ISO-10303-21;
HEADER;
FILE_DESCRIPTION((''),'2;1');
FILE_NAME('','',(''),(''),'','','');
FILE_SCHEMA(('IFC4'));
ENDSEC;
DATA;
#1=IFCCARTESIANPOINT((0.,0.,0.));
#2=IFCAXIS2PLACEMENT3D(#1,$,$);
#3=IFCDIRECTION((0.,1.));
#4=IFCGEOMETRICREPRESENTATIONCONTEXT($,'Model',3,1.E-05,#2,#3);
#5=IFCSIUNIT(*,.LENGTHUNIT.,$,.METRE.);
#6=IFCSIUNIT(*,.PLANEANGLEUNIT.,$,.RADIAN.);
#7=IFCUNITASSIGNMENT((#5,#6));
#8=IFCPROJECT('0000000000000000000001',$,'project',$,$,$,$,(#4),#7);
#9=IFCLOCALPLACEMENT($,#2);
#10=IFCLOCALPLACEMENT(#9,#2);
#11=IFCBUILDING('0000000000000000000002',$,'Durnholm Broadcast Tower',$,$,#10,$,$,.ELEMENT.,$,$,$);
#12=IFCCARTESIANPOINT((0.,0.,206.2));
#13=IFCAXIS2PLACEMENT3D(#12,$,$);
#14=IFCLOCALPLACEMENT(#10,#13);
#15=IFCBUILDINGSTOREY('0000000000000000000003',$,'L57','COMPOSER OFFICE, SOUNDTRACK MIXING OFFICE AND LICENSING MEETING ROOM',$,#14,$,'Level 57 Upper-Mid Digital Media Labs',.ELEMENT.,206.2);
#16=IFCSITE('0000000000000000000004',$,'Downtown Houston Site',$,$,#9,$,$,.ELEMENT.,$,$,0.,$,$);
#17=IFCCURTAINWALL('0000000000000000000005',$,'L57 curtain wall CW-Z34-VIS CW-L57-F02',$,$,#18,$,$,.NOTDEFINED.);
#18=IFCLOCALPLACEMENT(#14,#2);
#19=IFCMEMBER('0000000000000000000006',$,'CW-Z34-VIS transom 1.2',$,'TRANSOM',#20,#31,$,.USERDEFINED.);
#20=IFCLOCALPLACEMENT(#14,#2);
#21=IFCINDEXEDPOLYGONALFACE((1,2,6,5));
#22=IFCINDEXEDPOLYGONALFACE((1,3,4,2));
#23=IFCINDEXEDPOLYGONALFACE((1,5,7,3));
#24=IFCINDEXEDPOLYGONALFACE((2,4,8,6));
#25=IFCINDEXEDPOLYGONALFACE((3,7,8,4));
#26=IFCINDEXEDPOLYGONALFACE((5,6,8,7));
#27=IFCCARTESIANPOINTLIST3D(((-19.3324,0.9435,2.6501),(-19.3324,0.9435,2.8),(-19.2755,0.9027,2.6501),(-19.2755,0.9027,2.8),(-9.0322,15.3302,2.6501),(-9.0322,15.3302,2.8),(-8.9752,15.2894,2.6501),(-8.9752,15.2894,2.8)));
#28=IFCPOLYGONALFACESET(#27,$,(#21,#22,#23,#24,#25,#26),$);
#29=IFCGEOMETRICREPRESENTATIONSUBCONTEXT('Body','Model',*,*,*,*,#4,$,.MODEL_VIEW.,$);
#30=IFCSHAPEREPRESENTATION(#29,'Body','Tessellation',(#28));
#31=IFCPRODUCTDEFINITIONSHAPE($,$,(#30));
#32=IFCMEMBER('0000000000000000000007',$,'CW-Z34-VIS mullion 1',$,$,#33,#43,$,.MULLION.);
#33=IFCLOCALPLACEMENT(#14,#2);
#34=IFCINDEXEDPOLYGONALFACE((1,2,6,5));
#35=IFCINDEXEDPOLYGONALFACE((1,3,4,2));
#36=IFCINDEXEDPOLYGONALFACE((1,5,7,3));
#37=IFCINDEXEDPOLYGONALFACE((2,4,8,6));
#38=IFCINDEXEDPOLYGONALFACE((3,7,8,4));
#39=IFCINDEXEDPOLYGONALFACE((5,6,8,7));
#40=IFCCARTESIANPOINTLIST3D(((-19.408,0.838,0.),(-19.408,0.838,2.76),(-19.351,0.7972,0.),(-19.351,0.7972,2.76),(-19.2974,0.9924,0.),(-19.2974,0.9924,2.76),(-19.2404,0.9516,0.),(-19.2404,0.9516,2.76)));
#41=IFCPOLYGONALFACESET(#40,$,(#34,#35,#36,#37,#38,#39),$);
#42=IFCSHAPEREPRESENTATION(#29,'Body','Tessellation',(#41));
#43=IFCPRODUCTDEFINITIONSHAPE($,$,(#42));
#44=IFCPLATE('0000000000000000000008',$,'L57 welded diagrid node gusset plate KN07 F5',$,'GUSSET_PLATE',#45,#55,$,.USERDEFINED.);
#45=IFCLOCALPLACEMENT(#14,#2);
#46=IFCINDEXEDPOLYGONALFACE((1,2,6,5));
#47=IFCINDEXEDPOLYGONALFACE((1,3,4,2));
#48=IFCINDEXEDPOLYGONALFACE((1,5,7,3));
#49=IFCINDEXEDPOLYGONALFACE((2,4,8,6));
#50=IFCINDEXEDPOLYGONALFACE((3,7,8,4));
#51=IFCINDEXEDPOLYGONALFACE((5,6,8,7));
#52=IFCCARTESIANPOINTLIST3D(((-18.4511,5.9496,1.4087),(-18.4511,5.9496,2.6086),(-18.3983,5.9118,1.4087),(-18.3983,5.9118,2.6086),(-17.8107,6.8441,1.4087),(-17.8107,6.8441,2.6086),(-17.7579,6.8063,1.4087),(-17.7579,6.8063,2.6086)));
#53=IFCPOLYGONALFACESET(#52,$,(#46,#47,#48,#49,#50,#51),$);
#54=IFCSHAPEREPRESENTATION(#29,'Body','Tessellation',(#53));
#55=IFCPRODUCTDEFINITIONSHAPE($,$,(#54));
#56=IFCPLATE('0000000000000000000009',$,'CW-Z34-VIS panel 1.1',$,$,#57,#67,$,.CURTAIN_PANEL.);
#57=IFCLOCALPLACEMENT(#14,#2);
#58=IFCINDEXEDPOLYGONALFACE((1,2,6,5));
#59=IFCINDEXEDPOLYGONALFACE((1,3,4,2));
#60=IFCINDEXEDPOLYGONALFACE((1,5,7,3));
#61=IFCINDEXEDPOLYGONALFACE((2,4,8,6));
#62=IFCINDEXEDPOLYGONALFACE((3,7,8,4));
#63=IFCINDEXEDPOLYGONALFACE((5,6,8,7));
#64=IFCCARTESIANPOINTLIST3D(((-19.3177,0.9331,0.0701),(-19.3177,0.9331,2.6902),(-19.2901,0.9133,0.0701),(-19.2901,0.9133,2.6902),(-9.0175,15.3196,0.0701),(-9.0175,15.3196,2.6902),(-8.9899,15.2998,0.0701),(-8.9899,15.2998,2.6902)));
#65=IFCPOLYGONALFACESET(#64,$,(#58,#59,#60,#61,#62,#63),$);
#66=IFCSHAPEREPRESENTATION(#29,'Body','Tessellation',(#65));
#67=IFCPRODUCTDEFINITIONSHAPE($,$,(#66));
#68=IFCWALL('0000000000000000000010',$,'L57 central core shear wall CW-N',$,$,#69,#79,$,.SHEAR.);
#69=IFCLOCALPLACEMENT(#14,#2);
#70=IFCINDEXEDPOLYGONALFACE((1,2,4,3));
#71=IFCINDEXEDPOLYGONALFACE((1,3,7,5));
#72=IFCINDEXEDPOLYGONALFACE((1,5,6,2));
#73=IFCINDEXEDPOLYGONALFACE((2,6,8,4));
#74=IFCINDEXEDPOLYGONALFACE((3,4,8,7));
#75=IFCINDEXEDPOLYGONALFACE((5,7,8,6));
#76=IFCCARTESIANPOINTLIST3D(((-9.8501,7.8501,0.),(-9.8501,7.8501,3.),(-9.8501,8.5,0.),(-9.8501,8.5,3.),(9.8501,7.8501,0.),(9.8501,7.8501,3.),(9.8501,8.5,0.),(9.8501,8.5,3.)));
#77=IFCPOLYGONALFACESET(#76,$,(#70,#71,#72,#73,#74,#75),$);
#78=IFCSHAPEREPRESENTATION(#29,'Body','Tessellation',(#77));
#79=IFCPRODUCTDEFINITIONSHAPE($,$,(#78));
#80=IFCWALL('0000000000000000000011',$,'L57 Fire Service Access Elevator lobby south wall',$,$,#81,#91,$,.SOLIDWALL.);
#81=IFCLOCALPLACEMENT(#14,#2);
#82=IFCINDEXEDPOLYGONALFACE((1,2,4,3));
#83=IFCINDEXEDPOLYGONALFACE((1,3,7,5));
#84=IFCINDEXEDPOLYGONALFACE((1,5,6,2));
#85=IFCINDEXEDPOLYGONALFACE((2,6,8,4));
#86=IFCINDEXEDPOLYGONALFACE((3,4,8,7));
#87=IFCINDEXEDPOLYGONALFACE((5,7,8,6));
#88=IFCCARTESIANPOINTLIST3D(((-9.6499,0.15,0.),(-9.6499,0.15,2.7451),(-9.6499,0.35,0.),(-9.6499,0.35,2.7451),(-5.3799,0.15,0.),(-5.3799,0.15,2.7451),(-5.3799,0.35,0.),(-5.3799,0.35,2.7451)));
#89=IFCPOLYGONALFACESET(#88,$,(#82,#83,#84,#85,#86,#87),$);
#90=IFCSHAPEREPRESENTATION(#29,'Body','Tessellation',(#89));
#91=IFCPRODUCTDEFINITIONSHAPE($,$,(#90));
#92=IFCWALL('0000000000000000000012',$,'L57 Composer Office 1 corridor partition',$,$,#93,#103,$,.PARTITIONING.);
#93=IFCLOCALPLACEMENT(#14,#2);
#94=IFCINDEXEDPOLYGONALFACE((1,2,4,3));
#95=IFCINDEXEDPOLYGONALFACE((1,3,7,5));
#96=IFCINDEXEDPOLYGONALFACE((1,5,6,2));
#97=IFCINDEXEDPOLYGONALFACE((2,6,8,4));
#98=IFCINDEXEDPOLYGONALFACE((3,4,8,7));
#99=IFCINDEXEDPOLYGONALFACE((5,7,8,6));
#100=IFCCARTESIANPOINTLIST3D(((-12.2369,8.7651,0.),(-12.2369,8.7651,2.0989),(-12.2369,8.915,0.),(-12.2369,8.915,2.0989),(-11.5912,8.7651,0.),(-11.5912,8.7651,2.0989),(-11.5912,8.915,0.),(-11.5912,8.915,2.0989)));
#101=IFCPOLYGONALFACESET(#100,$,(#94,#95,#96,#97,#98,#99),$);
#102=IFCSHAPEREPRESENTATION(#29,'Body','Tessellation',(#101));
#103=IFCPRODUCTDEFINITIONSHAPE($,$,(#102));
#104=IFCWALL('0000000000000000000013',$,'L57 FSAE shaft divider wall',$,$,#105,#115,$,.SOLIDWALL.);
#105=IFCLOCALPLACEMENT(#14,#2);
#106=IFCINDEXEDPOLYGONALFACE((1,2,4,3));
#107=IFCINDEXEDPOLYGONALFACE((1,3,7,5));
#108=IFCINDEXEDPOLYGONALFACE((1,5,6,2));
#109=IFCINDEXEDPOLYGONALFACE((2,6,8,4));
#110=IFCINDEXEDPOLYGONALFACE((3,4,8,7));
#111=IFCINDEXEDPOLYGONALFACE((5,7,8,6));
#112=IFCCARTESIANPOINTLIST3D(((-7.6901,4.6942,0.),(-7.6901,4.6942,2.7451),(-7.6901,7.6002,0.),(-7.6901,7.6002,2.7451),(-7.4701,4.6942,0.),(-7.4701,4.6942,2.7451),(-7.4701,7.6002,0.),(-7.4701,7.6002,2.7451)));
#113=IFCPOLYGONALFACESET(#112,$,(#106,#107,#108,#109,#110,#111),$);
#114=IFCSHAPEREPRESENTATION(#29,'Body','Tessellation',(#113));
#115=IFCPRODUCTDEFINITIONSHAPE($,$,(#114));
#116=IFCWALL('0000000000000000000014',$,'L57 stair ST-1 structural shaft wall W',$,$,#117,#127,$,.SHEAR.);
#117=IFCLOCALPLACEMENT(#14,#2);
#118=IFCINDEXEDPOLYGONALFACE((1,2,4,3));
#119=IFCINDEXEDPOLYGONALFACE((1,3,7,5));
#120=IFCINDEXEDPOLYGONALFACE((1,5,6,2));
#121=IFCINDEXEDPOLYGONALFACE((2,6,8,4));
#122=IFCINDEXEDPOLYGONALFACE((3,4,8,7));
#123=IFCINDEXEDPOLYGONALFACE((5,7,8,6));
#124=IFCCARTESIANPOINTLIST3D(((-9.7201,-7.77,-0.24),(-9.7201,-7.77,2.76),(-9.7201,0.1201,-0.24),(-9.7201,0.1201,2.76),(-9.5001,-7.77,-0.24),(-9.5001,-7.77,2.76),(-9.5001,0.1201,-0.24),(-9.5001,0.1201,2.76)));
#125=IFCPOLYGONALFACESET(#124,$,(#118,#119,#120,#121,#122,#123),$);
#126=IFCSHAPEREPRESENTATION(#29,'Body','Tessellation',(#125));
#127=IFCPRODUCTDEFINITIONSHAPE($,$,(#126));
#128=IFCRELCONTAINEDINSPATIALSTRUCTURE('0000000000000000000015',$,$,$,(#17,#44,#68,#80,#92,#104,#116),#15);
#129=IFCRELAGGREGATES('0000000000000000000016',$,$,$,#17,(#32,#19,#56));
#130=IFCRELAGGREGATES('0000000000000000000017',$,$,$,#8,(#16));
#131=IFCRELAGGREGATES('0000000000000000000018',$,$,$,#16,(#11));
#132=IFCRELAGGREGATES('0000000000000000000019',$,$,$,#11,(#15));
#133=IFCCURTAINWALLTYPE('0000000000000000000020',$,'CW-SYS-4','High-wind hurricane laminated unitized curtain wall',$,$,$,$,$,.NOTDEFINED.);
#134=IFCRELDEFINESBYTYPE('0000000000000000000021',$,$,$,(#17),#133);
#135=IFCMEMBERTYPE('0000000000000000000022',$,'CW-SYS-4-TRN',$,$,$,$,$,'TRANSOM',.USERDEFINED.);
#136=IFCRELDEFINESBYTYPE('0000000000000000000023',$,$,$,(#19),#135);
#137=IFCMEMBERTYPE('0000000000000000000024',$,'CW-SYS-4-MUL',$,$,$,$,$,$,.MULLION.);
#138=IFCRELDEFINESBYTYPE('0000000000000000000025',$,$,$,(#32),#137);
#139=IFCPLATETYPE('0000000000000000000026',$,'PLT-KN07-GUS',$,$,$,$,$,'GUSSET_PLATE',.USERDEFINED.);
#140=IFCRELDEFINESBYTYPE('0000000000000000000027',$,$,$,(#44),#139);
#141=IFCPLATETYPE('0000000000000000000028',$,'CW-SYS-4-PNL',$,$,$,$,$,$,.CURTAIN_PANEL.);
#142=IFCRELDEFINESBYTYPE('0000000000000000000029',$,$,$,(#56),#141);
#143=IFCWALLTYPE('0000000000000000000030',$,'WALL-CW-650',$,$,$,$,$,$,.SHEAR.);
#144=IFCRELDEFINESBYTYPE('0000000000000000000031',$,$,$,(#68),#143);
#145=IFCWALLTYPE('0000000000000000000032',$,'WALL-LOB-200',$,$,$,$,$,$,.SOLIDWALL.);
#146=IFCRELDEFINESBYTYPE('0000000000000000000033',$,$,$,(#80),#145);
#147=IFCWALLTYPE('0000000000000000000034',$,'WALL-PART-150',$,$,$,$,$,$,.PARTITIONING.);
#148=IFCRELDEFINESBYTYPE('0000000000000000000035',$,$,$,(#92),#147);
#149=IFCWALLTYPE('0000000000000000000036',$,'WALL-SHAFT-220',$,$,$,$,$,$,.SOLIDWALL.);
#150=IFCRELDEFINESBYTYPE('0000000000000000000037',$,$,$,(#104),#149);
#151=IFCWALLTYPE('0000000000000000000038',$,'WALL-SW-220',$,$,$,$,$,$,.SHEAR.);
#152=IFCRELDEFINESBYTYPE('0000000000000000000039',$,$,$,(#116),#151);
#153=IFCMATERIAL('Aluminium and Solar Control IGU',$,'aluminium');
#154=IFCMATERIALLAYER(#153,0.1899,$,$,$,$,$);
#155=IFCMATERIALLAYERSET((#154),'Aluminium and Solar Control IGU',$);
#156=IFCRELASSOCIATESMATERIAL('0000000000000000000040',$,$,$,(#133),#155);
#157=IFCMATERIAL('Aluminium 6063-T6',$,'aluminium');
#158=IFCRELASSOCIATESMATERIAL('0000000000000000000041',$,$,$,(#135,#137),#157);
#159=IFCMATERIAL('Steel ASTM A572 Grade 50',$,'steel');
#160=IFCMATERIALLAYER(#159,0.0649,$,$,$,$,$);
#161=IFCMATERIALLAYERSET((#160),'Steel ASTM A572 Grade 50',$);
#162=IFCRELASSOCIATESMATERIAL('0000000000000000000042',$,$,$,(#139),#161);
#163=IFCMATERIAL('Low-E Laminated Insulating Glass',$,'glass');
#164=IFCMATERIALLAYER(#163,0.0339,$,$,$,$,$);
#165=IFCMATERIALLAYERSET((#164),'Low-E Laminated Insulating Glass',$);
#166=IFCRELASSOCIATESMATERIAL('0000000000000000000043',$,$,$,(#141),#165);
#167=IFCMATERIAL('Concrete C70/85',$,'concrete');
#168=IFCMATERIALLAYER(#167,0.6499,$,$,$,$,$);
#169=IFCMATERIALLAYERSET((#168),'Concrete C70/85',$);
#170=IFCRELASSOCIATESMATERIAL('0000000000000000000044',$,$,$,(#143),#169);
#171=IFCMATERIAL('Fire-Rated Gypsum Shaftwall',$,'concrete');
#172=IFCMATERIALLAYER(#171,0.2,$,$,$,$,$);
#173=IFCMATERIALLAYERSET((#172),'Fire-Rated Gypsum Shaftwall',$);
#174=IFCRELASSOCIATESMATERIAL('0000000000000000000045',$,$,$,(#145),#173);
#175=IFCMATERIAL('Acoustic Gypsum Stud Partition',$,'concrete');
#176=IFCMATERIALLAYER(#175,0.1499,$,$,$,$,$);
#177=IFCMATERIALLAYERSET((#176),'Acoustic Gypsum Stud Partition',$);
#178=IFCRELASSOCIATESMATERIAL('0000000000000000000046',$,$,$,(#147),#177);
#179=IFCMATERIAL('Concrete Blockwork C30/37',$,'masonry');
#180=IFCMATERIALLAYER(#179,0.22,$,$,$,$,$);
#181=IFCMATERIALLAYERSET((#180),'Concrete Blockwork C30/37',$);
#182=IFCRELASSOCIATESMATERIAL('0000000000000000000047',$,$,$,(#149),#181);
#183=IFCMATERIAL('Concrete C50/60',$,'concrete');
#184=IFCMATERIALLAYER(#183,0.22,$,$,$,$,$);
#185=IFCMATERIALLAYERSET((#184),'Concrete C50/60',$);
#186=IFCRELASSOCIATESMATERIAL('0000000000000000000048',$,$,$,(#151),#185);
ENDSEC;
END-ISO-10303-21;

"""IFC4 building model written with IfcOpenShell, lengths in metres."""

from ifc_helpers import new_model, si_unit, direction, frame, frame_2d, origin, origin_2d, place, context, subcontext, project, spatial, rectangle, extrude, source, transform, mapped, material, layer, layer_set, material_profile, profile_set, type_object, type_shapes, element, aggregate, save


model = new_model("IFC4")

# Units and contexts
model_context = context("Model", 3, precision=1e-05, world=origin(), true_north=direction((0.0, 1.0)))
body_context = subcontext(model_context, "Body", "Model", "MODEL_VIEW")
ifc_project = project(units=[si_unit("LENGTHUNIT", "METRE"), si_unit("PLANEANGLEUNIT", "RADIAN")], contexts=[model_context])

# Site, building, storey
site_placement = place(None, origin())
site = spatial("IfcSite", under=ifc_project, at=site_placement, Name="Downtown Houston Site", CompositionType="ELEMENT", RefElevation=0.0)
building_placement = place(site_placement, origin())
building = spatial("IfcBuilding", under=site, at=building_placement, Name="Durnholm Broadcast Tower", CompositionType="ELEMENT")
storey_placement = place(building_placement, frame((0.0, 0.0, 206.2)))
storey = spatial("IfcBuildingStorey", under=building, at=storey_placement, Name="L57", Description="COMPOSER OFFICE, SOUNDTRACK MIXING OFFICE AND LICENSING MEETING ROOM", LongName="Level 57 Upper-Mid Digital Media Labs", CompositionType="ELEMENT", Elevation=206.2)

# Shared definitions
ifc_material_1 = material(Name="Concrete C70/85", Category="concrete")

# Shared definitions
ifc_material_2 = material(Name="Aluminium and Solar Control IGU", Category="aluminium")
ifc_material_3 = material(Name="Aluminium 6063-T6", Category="aluminium")

# Curtain wall, members
ifc_layer_1 = layer(ifc_material_2, 0.1899)
ifc_layer_set_1 = layer_set([ifc_layer_1], Name="Aluminium and Solar Control IGU")
curtain_wall_type_1 = type_object("IfcCurtainWallType", Name="CW-SYS-4", Description="High-wind hurricane laminated unitized curtain wall", PredefinedType="NOTDEFINED", material=ifc_layer_set_1)
curtain_wall_1_placement = place(storey_placement, origin())
curtain_wall_1 = element("IfcCurtainWall", 1, at=curtain_wall_1_placement, inside=storey, type_object=curtain_wall_type_1, Name="L57 curtain wall CW-Z34-VIS CW-L57-F02", PredefinedType="NOTDEFINED")
ifc_material_profile_1 = material_profile(ifc_material_3, rectangle(XDim=0.0701, YDim=0.1499, at=origin_2d()), Name="CWT70X150")
ifc_profile_set_1 = profile_set([ifc_material_profile_1], Name="Aluminium 6063-T6")
member_type_1 = type_object("IfcMemberType", Name="CW-SYS-4-TRN", ElementType="TRANSOM", PredefinedType="USERDEFINED", material=ifc_profile_set_1)
shared_shape_1 = source(origin(), body_context, "Body", "SweptSolid", [
    extrude(rectangle(XDim=0.0701, YDim=0.1499, at=origin_2d()), origin(), (0.0, 0.0, 1.0), 17.6938),
])
type_shapes(member_type_1, [shared_shape_1])
member_1_placement = place(storey_placement, frame((-19.304, 0.9231, 2.7251), z_axis=(0.582138, 0.81309, 0.0), x_axis=(-0.81309, 0.582138, 0.0)))
member_1 = element("IfcMember", 2, at=member_1_placement, type_object=member_type_1, Name="CW-Z34-VIS transom 1.2", ObjectType="TRANSOM", PredefinedType="USERDEFINED", context=body_context, shape_type="MappedRepresentation", body=[
    mapped(shared_shape_1, transform((0.0, 0.0, 0.0), x_axis=(1.0, 0.0, 0.0), y_axis=(0.0, 1.0, 0.0), z_axis=(0.0, 0.0, 1.0), scale=1.0)),
])
ifc_material_profile_2 = material_profile(ifc_material_3, rectangle(XDim=0.0701, YDim=0.1899, at=origin_2d()), Name="CWM70X190")
ifc_profile_set_2 = profile_set([ifc_material_profile_2], Name="Aluminium 6063-T6")
member_type_2 = type_object("IfcMemberType", Name="CW-SYS-4-MUL", PredefinedType="MULLION", material=ifc_profile_set_2)
shared_shape_2 = source(origin(), body_context, "Body", "SweptSolid", [
    extrude(rectangle(XDim=0.0701, YDim=0.1899, at=origin_2d()), origin(), (0.0, 0.0, 1.0), 2.76),
])
type_shapes(member_type_2, [shared_shape_2])
member_2_placement = place(storey_placement, frame((-19.3242, 0.8948, 0.0), z_axis=(0.0, 0.0, 1.0), x_axis=(-0.813089, 0.582139, 0.0)))
member_2 = element("IfcMember", 3, at=member_2_placement, type_object=member_type_2, Name="CW-Z34-VIS mullion 1", PredefinedType="MULLION", context=body_context, shape_type="MappedRepresentation", body=[
    mapped(shared_shape_2, transform((0.0, 0.0, 0.0), x_axis=(1.0, 0.0, 0.0), y_axis=(0.0, 1.0, 0.0), z_axis=(0.0, 0.0, 1.0), scale=1.0)),
])

# Plates
ifc_material_4 = material(Name="Steel ASTM A572 Grade 50", Category="steel")
ifc_layer_2 = layer(ifc_material_4, 0.0649)
ifc_layer_set_2 = layer_set([ifc_layer_2], Name="Steel ASTM A572 Grade 50")
plate_type_1 = type_object("IfcPlateType", Name="PLT-KN07-GUS", ElementType="GUSSET_PLATE", PredefinedType="USERDEFINED", material=ifc_layer_set_2)
shared_shape_3 = source(origin(), body_context, "Body", "SweptSolid", [
    extrude(rectangle(XDim=1.1001, YDim=0.0649, at=origin_2d()), origin(), (0.0, 0.0, 1.0), 1.2),
])
type_shapes(plate_type_1, [shared_shape_3])
plate_1_placement = place(storey_placement, frame((-18.1045, 6.3779, 1.4087), z_axis=(0.0, 0.0, 1.0), x_axis=(-0.582123, -0.813101, 0.0)))
element("IfcPlate", 4, at=plate_1_placement, inside=storey, type_object=plate_type_1, Name="L57 welded diagrid node gusset plate KN07 F5", ObjectType="GUSSET_PLATE", PredefinedType="USERDEFINED", context=body_context, shape_type="MappedRepresentation", body=[
    mapped(shared_shape_3, transform((0.0, 0.0, 0.0), x_axis=(1.0, 0.0, 0.0), y_axis=(0.0, 1.0, 0.0), z_axis=(0.0, 0.0, 1.0), scale=1.0)),
])
ifc_material_5 = material(Name="Low-E Laminated Insulating Glass", Category="glass")
ifc_layer_3 = layer(ifc_material_5, 0.0339)
ifc_layer_set_3 = layer_set([ifc_layer_3], Name="Low-E Laminated Insulating Glass")
plate_type_2 = type_object("IfcPlateType", Name="CW-SYS-4-PNL", PredefinedType="CURTAIN_PANEL", material=ifc_layer_set_3)
shared_shape_4 = source(origin(), body_context, "Body", "SweptSolid", [
    extrude(rectangle(XDim=17.6936, YDim=0.0339, at=origin_2d()), origin(), (0.0, 0.0, 1.0), 2.6201),
])
type_shapes(plate_type_2, [shared_shape_4])
plate_2_placement = place(storey_placement, frame((-14.1538, 8.1165, 0.0701), z_axis=(0.0, 0.0, 1.0), x_axis=(0.582139, 0.813089, 0.0)))
plate_2 = element("IfcPlate", 5, at=plate_2_placement, type_object=plate_type_2, Name="CW-Z34-VIS panel 1.1", PredefinedType="CURTAIN_PANEL", context=body_context, shape_type="MappedRepresentation", body=[
    mapped(shared_shape_4, transform((0.0, 0.0, 0.0), x_axis=(1.0, 0.0, 0.0), y_axis=(0.0, 1.0, 0.0), z_axis=(0.0, 0.0, 1.0), scale=1.0)),
])
aggregate(curtain_wall_1, [member_2, member_1, plate_2])

# Walls
ifc_layer_4 = layer(ifc_material_1, 0.6499)
ifc_layer_set_4 = layer_set([ifc_layer_4], Name="Concrete C70/85")
wall_type_1 = type_object("IfcWallType", Name="WALL-CW-650", PredefinedType="SHEAR", material=ifc_layer_set_4)
wall_1_placement = place(storey_placement, frame((-9.8501, 8.175, 0.0), z_axis=(0.0, 0.0, 1.0), x_axis=(1.0, 0.0, 0.0)))
element("IfcWall", 6, at=wall_1_placement, inside=storey, type_object=wall_type_1, Name="L57 central core shear wall CW-N", PredefinedType="SHEAR", context=body_context, shape_type="SweptSolid", body=[
    extrude(rectangle(XDim=19.7002, YDim=0.6499, at=frame_2d((9.8501, 0.0))), origin(), (0.0, 0.0, 1.0), 3.0),
])
ifc_material_6 = material(Name="Fire-Rated Gypsum Shaftwall", Category="concrete")
ifc_layer_5 = layer(ifc_material_6, 0.2)
ifc_layer_set_5 = layer_set([ifc_layer_5], Name="Fire-Rated Gypsum Shaftwall")
wall_type_2 = type_object("IfcWallType", Name="WALL-LOB-200", PredefinedType="SOLIDWALL", material=ifc_layer_set_5)
wall_2_placement = place(storey_placement, frame((-9.6499, 0.25, 0.0), z_axis=(0.0, 0.0, 1.0), x_axis=(1.0, 0.0, 0.0)))
element("IfcWall", 7, at=wall_2_placement, inside=storey, type_object=wall_type_2, Name="L57 Fire Service Access Elevator lobby south wall", PredefinedType="SOLIDWALL", context=body_context, shape_type="SweptSolid", body=[
    extrude(rectangle(XDim=4.27, YDim=0.2, at=frame_2d((2.135, 0.0))), origin(), (0.0, 0.0, 1.0), 2.7451),
])
ifc_material_7 = material(Name="Acoustic Gypsum Stud Partition", Category="concrete")
ifc_layer_6 = layer(ifc_material_7, 0.1499)
ifc_layer_set_6 = layer_set([ifc_layer_6], Name="Acoustic Gypsum Stud Partition")
wall_type_3 = type_object("IfcWallType", Name="WALL-PART-150", PredefinedType="PARTITIONING", material=ifc_layer_set_6)
wall_3_placement = place(storey_placement, frame((-12.2368, 8.8401, 0.0), z_axis=(0.0, 0.0, 1.0), x_axis=(1.0, 0.0, 0.0)))
element("IfcWall", 8, at=wall_3_placement, inside=storey, type_object=wall_type_3, Name="L57 Composer Office 1 corridor partition", PredefinedType="PARTITIONING", context=body_context, shape_type="SweptSolid", body=[
    extrude(rectangle(XDim=0.6458, YDim=0.1499, at=frame_2d((0.3228, 0.0))), origin(), (0.0, 0.0, 1.0), 2.0989),
])

# Shared definitions
ifc_material_8 = material(Name="Concrete Blockwork C30/37", Category="masonry")
ifc_layer_7 = layer(ifc_material_8, 0.22)
ifc_layer_set_7 = layer_set([ifc_layer_7], Name="Concrete Blockwork C30/37")
wall_type_4 = type_object("IfcWallType", Name="WALL-SHAFT-220", PredefinedType="SOLIDWALL", material=ifc_layer_set_7)

# Walls
wall_4_placement = place(storey_placement, frame((-7.5801, 4.6941, 0.0), z_axis=(0.0, 0.0, 1.0), x_axis=(0.0, 1.0, 0.0)))
element("IfcWall", 9, at=wall_4_placement, inside=storey, type_object=wall_type_4, Name="L57 FSAE shaft divider wall", PredefinedType="SOLIDWALL", context=body_context, shape_type="SweptSolid", body=[
    extrude(rectangle(XDim=2.906, YDim=0.22, at=frame_2d((1.4531, 0.0))), origin(), (0.0, 0.0, 1.0), 2.7451),
])
ifc_material_9 = material(Name="Concrete C50/60", Category="concrete")
ifc_layer_8 = layer(ifc_material_9, 0.22)
ifc_layer_set_8 = layer_set([ifc_layer_8], Name="Concrete C50/60")
wall_type_5 = type_object("IfcWallType", Name="WALL-SW-220", PredefinedType="SHEAR", material=ifc_layer_set_8)
wall_5_placement = place(storey_placement, frame((-9.6101, 0.1201, -0.24), z_axis=(0.0, 0.0, 1.0), x_axis=(0.0, -1.0, 0.0)))
element("IfcWall", 10, at=wall_5_placement, inside=storey, type_object=wall_type_5, Name="L57 stair ST-1 structural shaft wall W", PredefinedType="SHEAR", context=body_context, shape_type="SweptSolid", body=[
    extrude(rectangle(XDim=7.8901, YDim=0.22, at=frame_2d((3.9451, 0.0))), origin(), (0.0, 0.0, 1.0), 3.0),
])

save(model, "model.ifc")
